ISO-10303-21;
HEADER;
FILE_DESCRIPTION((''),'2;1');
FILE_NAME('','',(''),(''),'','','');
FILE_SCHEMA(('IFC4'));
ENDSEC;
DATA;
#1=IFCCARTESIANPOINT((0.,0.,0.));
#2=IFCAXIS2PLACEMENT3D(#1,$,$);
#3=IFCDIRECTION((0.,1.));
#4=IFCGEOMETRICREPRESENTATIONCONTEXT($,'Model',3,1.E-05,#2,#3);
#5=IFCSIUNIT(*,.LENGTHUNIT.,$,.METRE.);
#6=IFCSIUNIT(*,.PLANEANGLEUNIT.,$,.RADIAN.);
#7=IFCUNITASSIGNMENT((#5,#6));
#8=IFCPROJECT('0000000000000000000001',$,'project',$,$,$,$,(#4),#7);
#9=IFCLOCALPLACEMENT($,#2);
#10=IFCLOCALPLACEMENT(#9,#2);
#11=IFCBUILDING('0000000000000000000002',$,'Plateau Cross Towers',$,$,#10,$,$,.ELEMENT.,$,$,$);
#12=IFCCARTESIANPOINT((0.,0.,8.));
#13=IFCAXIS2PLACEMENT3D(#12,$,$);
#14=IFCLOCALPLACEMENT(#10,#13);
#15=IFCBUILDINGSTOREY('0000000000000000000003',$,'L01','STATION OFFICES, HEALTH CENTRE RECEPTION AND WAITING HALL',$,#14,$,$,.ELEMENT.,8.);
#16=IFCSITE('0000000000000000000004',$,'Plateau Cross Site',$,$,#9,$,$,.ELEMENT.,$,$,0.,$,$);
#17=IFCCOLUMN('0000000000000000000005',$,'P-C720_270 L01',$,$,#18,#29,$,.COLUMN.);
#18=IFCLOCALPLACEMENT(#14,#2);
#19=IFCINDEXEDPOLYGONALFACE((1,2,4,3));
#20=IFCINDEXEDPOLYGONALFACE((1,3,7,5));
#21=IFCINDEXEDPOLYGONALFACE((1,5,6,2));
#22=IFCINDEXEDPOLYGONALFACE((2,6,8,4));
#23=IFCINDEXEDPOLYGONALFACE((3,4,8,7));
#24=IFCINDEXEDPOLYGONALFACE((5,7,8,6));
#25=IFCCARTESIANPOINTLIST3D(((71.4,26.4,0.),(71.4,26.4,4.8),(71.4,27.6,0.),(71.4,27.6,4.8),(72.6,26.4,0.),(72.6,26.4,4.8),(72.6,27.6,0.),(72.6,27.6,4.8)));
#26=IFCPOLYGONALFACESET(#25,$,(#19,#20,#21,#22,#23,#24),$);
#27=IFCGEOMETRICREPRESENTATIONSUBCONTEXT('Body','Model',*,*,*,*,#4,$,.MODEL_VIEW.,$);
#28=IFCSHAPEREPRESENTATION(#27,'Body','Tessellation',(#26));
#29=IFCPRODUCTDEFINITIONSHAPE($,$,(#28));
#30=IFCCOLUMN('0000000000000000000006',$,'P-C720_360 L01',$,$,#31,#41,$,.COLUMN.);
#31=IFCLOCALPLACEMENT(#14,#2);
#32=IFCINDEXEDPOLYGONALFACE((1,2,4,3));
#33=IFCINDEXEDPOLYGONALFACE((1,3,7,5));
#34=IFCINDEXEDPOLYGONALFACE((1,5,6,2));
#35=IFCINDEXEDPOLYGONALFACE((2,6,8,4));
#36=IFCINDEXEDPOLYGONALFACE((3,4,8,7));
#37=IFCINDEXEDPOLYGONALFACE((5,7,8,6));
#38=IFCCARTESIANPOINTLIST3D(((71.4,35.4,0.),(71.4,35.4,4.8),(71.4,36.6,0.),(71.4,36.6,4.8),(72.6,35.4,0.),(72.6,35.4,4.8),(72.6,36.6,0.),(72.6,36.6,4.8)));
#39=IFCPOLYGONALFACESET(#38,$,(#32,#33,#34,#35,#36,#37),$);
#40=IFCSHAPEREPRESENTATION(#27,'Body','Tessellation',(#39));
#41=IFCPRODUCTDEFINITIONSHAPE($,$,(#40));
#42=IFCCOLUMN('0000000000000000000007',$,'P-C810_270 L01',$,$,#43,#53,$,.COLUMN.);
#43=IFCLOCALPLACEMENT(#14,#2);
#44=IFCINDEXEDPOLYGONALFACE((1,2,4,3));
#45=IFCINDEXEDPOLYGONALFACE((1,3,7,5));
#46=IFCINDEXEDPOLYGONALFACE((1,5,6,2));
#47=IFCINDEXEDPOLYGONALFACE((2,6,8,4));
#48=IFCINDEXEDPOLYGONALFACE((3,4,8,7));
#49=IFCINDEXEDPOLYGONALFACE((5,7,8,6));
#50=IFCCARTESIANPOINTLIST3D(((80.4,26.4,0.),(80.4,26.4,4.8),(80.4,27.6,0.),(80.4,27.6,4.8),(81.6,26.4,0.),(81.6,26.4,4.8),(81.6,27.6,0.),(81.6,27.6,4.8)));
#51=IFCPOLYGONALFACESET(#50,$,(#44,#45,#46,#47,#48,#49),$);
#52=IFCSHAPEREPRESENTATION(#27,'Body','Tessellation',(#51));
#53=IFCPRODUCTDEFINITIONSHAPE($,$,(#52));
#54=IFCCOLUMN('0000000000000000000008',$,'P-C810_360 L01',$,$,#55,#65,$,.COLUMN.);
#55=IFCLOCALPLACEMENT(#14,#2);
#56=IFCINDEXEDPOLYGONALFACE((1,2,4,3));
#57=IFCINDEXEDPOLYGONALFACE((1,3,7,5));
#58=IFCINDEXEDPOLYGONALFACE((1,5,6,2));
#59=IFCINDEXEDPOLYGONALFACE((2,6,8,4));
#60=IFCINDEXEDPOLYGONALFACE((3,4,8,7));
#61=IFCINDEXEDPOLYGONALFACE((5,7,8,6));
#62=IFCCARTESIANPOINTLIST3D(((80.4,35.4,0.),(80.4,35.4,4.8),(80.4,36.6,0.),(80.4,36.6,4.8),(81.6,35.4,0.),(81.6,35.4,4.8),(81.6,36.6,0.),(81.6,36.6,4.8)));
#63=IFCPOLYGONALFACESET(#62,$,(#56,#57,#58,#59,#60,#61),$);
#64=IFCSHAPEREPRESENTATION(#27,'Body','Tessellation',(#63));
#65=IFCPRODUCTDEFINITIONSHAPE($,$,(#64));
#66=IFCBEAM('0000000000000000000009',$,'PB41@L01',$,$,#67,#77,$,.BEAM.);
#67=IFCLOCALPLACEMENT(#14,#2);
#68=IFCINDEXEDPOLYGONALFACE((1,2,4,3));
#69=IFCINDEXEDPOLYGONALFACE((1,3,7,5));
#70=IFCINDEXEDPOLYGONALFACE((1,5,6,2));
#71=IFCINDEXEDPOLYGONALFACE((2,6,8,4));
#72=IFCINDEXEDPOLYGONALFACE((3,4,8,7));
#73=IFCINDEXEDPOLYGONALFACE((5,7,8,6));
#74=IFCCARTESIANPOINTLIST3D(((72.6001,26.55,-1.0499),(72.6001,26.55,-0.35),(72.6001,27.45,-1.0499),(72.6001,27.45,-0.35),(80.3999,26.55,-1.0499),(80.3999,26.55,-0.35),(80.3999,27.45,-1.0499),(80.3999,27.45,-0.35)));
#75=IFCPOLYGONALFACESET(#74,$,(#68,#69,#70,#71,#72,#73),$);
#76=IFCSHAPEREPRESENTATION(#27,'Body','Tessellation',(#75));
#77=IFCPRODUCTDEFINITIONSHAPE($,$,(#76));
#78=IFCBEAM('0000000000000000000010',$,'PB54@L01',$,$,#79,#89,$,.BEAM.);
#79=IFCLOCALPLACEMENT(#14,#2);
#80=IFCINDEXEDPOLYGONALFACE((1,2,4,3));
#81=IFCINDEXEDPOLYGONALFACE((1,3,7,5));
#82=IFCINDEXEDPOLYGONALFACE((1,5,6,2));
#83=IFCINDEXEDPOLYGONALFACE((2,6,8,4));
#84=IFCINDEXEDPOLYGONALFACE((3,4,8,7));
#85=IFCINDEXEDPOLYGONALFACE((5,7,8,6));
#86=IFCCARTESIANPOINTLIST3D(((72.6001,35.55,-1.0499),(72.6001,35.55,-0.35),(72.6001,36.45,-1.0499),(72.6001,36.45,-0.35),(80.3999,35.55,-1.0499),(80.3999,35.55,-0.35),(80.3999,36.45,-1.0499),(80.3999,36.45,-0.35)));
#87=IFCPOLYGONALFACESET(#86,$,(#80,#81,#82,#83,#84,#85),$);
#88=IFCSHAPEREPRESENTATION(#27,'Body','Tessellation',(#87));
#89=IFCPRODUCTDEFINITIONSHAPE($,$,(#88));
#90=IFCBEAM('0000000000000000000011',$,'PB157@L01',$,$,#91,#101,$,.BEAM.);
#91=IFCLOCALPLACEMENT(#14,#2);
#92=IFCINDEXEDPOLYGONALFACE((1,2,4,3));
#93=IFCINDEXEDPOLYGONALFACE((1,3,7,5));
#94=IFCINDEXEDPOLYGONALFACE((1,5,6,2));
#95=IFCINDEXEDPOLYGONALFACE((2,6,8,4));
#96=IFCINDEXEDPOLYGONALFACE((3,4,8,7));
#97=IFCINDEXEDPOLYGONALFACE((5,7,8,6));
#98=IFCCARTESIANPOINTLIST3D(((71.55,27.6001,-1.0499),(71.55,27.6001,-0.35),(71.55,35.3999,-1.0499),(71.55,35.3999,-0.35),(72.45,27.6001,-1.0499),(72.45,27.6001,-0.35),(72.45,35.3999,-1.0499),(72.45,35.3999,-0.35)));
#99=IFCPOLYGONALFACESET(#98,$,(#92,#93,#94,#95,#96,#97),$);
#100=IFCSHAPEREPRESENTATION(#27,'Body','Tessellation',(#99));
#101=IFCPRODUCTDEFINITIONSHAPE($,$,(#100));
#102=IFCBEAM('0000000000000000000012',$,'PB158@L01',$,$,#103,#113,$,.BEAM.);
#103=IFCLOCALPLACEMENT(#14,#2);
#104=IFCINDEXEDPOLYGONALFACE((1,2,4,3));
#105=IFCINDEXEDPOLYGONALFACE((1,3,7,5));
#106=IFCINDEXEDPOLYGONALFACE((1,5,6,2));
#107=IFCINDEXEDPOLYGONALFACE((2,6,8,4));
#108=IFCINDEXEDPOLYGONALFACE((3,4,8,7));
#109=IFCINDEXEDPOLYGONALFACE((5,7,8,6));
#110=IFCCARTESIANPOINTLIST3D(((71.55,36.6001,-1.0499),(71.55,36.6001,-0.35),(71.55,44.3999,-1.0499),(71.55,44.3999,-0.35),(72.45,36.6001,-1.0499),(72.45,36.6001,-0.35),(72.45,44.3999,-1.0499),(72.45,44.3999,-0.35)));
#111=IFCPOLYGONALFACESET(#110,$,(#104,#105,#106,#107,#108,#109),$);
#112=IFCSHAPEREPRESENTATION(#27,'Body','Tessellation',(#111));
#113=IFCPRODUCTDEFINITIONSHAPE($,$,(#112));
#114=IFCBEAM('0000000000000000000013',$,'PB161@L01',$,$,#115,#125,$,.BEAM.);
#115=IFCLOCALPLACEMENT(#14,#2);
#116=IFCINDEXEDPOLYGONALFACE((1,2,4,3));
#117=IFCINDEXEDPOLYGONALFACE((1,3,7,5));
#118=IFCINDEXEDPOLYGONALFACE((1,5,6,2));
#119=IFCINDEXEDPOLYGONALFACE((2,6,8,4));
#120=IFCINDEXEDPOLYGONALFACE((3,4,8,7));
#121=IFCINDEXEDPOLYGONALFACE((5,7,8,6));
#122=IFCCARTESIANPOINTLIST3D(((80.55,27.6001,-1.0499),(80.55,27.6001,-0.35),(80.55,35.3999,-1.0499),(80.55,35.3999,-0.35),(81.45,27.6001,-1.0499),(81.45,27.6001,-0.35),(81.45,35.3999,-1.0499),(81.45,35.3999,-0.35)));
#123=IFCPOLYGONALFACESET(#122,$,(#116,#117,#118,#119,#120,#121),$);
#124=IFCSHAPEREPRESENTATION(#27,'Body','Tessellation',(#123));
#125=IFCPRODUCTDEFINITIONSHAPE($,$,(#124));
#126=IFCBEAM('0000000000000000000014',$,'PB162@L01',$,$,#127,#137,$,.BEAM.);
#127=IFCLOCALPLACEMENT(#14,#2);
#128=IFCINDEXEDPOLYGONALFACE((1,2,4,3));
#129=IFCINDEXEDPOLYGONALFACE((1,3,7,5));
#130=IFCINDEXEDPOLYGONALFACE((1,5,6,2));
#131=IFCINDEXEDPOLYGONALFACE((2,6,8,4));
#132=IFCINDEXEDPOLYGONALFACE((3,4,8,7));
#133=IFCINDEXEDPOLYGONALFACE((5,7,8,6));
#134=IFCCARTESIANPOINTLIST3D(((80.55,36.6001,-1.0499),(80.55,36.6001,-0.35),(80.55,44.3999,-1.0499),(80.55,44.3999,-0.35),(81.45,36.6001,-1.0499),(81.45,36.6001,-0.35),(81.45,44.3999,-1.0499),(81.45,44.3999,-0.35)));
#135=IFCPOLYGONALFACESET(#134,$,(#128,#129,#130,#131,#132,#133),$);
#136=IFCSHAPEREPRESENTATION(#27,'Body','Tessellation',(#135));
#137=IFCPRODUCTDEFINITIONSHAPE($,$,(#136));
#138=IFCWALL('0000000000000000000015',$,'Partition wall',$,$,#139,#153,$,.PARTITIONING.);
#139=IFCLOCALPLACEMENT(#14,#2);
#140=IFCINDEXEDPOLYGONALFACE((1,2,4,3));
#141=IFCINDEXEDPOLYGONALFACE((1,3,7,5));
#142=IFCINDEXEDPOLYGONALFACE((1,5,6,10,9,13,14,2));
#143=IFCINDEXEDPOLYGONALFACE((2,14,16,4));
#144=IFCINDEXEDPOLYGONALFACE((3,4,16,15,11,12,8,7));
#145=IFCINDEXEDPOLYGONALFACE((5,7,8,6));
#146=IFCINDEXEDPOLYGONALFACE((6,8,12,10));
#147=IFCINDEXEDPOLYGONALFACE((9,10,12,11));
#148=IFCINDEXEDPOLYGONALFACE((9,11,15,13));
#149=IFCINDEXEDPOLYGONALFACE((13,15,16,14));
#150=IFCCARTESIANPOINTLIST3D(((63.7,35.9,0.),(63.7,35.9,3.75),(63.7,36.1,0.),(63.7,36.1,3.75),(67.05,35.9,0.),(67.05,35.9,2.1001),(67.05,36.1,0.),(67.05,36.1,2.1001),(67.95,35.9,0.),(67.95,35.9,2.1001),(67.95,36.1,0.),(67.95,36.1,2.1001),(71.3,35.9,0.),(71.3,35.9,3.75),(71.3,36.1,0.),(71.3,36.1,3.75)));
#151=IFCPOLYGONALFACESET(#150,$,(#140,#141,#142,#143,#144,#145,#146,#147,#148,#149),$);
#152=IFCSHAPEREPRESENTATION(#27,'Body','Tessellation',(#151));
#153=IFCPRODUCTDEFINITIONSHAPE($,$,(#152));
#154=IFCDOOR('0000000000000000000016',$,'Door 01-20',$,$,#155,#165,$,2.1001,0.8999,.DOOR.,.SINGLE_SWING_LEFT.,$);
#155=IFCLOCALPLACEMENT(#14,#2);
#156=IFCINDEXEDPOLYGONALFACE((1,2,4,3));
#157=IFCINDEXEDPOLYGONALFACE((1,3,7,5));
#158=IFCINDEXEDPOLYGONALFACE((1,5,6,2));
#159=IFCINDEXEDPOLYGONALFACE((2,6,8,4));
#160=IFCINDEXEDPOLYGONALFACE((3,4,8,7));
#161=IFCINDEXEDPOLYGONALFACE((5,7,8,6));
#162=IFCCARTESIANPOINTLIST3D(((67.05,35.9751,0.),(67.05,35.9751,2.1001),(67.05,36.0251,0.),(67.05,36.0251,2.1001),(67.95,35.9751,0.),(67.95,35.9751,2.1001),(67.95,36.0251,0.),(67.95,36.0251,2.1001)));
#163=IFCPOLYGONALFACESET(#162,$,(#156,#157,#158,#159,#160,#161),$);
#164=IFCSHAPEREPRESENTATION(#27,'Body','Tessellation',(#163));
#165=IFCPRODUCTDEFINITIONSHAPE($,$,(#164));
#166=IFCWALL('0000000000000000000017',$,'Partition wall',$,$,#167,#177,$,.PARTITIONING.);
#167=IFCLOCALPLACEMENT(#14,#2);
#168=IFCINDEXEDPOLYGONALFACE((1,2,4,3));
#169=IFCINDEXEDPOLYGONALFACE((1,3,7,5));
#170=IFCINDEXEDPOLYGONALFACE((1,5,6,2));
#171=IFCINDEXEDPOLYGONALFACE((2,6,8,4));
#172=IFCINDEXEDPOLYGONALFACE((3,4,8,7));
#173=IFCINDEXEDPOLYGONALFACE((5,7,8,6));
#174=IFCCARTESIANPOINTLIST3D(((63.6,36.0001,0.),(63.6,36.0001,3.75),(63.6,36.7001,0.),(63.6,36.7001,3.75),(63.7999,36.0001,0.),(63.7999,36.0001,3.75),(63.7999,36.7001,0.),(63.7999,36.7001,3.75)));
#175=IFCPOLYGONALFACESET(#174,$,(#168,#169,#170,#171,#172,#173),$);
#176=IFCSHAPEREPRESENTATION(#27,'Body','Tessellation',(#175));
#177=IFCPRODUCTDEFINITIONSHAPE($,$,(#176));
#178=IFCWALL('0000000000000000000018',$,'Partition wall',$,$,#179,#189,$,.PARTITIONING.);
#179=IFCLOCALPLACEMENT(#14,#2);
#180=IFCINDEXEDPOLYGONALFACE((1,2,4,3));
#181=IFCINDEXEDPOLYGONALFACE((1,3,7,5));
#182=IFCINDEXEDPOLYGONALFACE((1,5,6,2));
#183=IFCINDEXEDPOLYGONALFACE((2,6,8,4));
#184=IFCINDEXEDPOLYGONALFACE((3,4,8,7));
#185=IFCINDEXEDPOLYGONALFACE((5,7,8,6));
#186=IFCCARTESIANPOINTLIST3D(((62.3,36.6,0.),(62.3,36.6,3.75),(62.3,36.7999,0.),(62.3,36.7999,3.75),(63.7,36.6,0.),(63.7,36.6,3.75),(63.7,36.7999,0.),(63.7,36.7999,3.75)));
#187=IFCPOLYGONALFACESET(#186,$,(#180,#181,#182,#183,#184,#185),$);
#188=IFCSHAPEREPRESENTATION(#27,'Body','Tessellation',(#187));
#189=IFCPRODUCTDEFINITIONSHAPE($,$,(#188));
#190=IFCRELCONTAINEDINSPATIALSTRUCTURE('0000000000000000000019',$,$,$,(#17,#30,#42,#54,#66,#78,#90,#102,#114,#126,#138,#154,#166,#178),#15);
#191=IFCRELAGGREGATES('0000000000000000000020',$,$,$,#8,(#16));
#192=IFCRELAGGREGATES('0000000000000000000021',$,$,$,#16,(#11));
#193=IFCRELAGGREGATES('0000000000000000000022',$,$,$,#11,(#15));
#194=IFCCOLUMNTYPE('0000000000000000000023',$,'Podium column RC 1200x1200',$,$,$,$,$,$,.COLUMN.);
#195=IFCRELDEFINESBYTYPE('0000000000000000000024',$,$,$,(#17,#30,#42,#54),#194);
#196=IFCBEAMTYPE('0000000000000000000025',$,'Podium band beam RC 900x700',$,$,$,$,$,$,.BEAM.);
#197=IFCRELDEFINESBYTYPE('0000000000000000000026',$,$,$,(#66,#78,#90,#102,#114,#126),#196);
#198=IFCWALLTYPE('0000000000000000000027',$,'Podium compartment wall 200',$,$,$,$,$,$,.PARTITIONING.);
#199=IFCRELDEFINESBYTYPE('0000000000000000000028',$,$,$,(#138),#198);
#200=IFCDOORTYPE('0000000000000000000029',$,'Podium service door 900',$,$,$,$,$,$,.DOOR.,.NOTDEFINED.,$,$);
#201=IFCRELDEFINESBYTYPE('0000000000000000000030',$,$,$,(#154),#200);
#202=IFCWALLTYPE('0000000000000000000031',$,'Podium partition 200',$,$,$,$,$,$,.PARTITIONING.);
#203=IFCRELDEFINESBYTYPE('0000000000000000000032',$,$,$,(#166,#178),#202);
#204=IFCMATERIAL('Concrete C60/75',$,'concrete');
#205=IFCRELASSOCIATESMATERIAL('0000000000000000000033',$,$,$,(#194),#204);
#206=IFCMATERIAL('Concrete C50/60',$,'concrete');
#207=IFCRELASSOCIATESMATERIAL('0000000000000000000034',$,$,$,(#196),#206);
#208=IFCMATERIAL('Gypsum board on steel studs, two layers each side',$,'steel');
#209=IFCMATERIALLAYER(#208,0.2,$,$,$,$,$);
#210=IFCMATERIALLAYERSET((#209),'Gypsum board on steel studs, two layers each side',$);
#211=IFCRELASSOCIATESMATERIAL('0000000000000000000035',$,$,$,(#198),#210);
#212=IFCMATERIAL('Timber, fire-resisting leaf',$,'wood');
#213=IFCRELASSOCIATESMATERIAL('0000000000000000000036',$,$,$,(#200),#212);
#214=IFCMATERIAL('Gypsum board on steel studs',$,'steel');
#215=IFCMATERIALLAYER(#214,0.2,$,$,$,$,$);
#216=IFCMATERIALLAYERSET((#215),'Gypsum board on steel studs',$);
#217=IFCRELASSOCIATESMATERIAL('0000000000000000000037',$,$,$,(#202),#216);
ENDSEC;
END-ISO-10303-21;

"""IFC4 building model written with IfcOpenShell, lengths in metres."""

from ifc_helpers import new_model, si_unit, direction, frame, frame_2d, origin, origin_2d, place, context, subcontext, project, spatial, rectangle, extrude, material, layer, layer_set, material_profile, profile_set, type_object, element, fill, save


model = new_model("IFC4")

# Units and contexts
model_context = context("Model", 3, precision=1e-05, world=origin(), true_north=direction((0.0, 1.0)))
body_context = subcontext(model_context, "Body", "Model", "MODEL_VIEW")
ifc_project = project(units=[si_unit("LENGTHUNIT", "METRE"), si_unit("PLANEANGLEUNIT", "RADIAN")], contexts=[model_context])

# Site, building, storey
site_placement = place(None, origin())
site = spatial("IfcSite", under=ifc_project, at=site_placement, Name="Plateau Cross Site", CompositionType="ELEMENT", RefElevation=0.0)
building_placement = place(site_placement, origin())
building = spatial("IfcBuilding", under=site, at=building_placement, Name="Plateau Cross Towers", CompositionType="ELEMENT")
storey_placement = place(building_placement, frame((0.0, 0.0, 8.0)))
storey = spatial("IfcBuildingStorey", under=building, at=storey_placement, Name="L01", Description="STATION OFFICES, HEALTH CENTRE RECEPTION AND WAITING HALL", CompositionType="ELEMENT", Elevation=8.0)

# Columns
ifc_material_1 = material(Name="Concrete C60/75", Category="concrete")
ifc_material_profile_1 = material_profile(ifc_material_1, rectangle(XDim=1.2, YDim=1.2, at=origin_2d()), Name="RC 1200x1200")
ifc_profile_set_1 = profile_set([ifc_material_profile_1], Name="Concrete C60/75")
column_type = type_object("IfcColumnType", Name="Podium column RC 1200x1200", PredefinedType="COLUMN", material=ifc_profile_set_1)
for number, where, z_axis, x_axis, name in (
    (1, (72.0, 27.0, 0.0), (0.0, 0.0, 1.0), (1.0, 0.0, 0.0), "P-C720_270 L01"),
    (2, (72.0, 36.0, 0.0), (0.0, 0.0, 1.0), (1.0, 0.0, 0.0), "P-C720_360 L01"),
    (3, (81.0, 27.0, 0.0), (0.0, 0.0, 1.0), (1.0, 0.0, 0.0), "P-C810_270 L01"),
    (4, (81.0, 36.0, 0.0), (0.0, 0.0, 1.0), (1.0, 0.0, 0.0), "P-C810_360 L01"),
):
    element("IfcColumn", number, at=place(storey_placement, frame(where, z_axis=z_axis, x_axis=x_axis)), inside=storey, type_object=column_type, Name=name, PredefinedType="COLUMN", context=body_context, shape_type="SweptSolid", body=[
        extrude(rectangle(XDim=1.2, YDim=1.2, at=origin_2d()), origin(), (0.0, 0.0, 1.0), 4.8),
    ])

# Beams
ifc_material_2 = material(Name="Concrete C50/60", Category="concrete")
ifc_material_profile_2 = material_profile(ifc_material_2, rectangle(XDim=0.8999, YDim=0.7, at=origin_2d()), Name="RC 900x700")
ifc_profile_set_2 = profile_set([ifc_material_profile_2], Name="Concrete C50/60")
beam_type = type_object("IfcBeamType", Name="Podium band beam RC 900x700", PredefinedType="BEAM", material=ifc_profile_set_2)
for number, where, z_axis, x_axis, name in (
    (5, (72.6001, 27.0, -0.7), (1.0, 0.0, 0.0), (0.0, 1.0, 0.0), "PB41@L01"),
    (6, (72.6001, 36.0, -0.7), (1.0, 0.0, 0.0), (0.0, 1.0, 0.0), "PB54@L01"),
    (7, (72.0, 27.6001, -0.7), (0.0, 1.0, 0.0), (-1.0, 0.0, 0.0), "PB157@L01"),
    (8, (72.0, 36.6001, -0.7), (0.0, 1.0, 0.0), (-1.0, 0.0, 0.0), "PB158@L01"),
    (9, (81.0, 27.6001, -0.7), (0.0, 1.0, 0.0), (-1.0, 0.0, 0.0), "PB161@L01"),
    (10, (81.0, 36.6001, -0.7), (0.0, 1.0, 0.0), (-1.0, 0.0, 0.0), "PB162@L01"),
):
    element("IfcBeam", number, at=place(storey_placement, frame(where, z_axis=z_axis, x_axis=x_axis)), inside=storey, type_object=beam_type, Name=name, PredefinedType="BEAM", context=body_context, shape_type="SweptSolid", body=[
        extrude(rectangle(XDim=0.8999, YDim=0.7, at=origin_2d()), origin(), (0.0, 0.0, 1.0), 7.7998),
    ])

# Wall, opening, door
ifc_material_3 = material(Name="Gypsum board on steel studs, two layers each side", Category="steel")
ifc_layer_1 = layer(ifc_material_3, 0.2)
ifc_layer_set_1 = layer_set([ifc_layer_1], Name="Gypsum board on steel studs, two layers each side")
wall_type_1 = type_object("IfcWallType", Name="Podium compartment wall 200", PredefinedType="PARTITIONING", material=ifc_layer_set_1)
wall_1_placement = place(storey_placement, frame((71.3, 36.0, 0.0), z_axis=(0.0, 0.0, 1.0), x_axis=(-1.0, 0.0, 0.0)))
wall_1 = element("IfcWall", 11, at=wall_1_placement, inside=storey, type_object=wall_type_1, Name="Partition wall", PredefinedType="PARTITIONING", context=body_context, shape_type="SweptSolid", body=[
    extrude(rectangle(XDim=7.6001, YDim=0.2, at=frame_2d((3.8, 0.0))), origin(), (0.0, 0.0, 1.0), 3.75),
])
opening_1_placement = place(wall_1_placement, frame((3.3501, 0.0, 0.0)))
opening_1 = element("IfcOpeningElement", 12, at=opening_1_placement, cuts=wall_1, PredefinedType="OPENING", context=body_context, shape_type="SweptSolid", body=[
    extrude(rectangle(XDim=0.8999, YDim=2.1001, at=frame_2d((0.45, 1.05))), frame((0.0, 0.1099, 0.0), z_axis=(0.0, -1.0, 0.0), x_axis=(1.0, 0.0, 0.0)), (0.0, 0.0, 1.0), 0.22),
])
ifc_material_4 = material(Name="Timber, fire-resisting leaf", Category="wood")
door_type_1 = type_object("IfcDoorType", Name="Podium service door 900", OperationType="NOTDEFINED", PredefinedType="DOOR", material=ifc_material_4)
door_1_placement = place(opening_1_placement, origin())
door_1 = element("IfcDoor", 13, at=door_1_placement, inside=storey, type_object=door_type_1, Name="Door 01-20", OperationType="SINGLE_SWING_LEFT", OverallHeight=2.1001, OverallWidth=0.8999, PredefinedType="DOOR", context=body_context, shape_type="SweptSolid", body=[
    extrude(rectangle(XDim=0.8999, YDim=2.1001, at=frame_2d((0.45, 1.05))), frame((0.0, 0.0249, 0.0), z_axis=(0.0, -1.0, 0.0), x_axis=(1.0, 0.0, 0.0)), (0.0, 0.0, 1.0), 0.05),
])
fill(opening_1, door_1)

# Walls
ifc_material_5 = material(Name="Gypsum board on steel studs", Category="steel")
ifc_layer_2 = layer(ifc_material_5, 0.2)
ifc_layer_set_2 = layer_set([ifc_layer_2], Name="Gypsum board on steel studs")
wall_type_2 = type_object("IfcWallType", Name="Podium partition 200", PredefinedType="PARTITIONING", material=ifc_layer_set_2)
wall_2_placement = place(storey_placement, frame((63.7, 36.0, 0.0), z_axis=(0.0, 0.0, 1.0), x_axis=(0.0, 1.0, 0.0)))
element("IfcWall", 14, at=wall_2_placement, inside=storey, type_object=wall_type_2, Name="Partition wall", PredefinedType="PARTITIONING", context=body_context, shape_type="SweptSolid", body=[
    extrude(rectangle(XDim=0.7, YDim=0.2, at=frame_2d((0.3501, 0.0))), origin(), (0.0, 0.0, 1.0), 3.75),
])
wall_3_placement = place(storey_placement, frame((63.7, 36.7, 0.0), z_axis=(0.0, 0.0, 1.0), x_axis=(-1.0, 0.0, 0.0)))
element("IfcWall", 15, at=wall_3_placement, inside=storey, type_object=wall_type_2, Name="Partition wall", PredefinedType="PARTITIONING", context=body_context, shape_type="SweptSolid", body=[
    extrude(rectangle(XDim=1.3999, YDim=0.2, at=frame_2d((0.7, 0.0))), origin(), (0.0, 0.0, 1.0), 3.75),
])

save(model, "model.ifc")
